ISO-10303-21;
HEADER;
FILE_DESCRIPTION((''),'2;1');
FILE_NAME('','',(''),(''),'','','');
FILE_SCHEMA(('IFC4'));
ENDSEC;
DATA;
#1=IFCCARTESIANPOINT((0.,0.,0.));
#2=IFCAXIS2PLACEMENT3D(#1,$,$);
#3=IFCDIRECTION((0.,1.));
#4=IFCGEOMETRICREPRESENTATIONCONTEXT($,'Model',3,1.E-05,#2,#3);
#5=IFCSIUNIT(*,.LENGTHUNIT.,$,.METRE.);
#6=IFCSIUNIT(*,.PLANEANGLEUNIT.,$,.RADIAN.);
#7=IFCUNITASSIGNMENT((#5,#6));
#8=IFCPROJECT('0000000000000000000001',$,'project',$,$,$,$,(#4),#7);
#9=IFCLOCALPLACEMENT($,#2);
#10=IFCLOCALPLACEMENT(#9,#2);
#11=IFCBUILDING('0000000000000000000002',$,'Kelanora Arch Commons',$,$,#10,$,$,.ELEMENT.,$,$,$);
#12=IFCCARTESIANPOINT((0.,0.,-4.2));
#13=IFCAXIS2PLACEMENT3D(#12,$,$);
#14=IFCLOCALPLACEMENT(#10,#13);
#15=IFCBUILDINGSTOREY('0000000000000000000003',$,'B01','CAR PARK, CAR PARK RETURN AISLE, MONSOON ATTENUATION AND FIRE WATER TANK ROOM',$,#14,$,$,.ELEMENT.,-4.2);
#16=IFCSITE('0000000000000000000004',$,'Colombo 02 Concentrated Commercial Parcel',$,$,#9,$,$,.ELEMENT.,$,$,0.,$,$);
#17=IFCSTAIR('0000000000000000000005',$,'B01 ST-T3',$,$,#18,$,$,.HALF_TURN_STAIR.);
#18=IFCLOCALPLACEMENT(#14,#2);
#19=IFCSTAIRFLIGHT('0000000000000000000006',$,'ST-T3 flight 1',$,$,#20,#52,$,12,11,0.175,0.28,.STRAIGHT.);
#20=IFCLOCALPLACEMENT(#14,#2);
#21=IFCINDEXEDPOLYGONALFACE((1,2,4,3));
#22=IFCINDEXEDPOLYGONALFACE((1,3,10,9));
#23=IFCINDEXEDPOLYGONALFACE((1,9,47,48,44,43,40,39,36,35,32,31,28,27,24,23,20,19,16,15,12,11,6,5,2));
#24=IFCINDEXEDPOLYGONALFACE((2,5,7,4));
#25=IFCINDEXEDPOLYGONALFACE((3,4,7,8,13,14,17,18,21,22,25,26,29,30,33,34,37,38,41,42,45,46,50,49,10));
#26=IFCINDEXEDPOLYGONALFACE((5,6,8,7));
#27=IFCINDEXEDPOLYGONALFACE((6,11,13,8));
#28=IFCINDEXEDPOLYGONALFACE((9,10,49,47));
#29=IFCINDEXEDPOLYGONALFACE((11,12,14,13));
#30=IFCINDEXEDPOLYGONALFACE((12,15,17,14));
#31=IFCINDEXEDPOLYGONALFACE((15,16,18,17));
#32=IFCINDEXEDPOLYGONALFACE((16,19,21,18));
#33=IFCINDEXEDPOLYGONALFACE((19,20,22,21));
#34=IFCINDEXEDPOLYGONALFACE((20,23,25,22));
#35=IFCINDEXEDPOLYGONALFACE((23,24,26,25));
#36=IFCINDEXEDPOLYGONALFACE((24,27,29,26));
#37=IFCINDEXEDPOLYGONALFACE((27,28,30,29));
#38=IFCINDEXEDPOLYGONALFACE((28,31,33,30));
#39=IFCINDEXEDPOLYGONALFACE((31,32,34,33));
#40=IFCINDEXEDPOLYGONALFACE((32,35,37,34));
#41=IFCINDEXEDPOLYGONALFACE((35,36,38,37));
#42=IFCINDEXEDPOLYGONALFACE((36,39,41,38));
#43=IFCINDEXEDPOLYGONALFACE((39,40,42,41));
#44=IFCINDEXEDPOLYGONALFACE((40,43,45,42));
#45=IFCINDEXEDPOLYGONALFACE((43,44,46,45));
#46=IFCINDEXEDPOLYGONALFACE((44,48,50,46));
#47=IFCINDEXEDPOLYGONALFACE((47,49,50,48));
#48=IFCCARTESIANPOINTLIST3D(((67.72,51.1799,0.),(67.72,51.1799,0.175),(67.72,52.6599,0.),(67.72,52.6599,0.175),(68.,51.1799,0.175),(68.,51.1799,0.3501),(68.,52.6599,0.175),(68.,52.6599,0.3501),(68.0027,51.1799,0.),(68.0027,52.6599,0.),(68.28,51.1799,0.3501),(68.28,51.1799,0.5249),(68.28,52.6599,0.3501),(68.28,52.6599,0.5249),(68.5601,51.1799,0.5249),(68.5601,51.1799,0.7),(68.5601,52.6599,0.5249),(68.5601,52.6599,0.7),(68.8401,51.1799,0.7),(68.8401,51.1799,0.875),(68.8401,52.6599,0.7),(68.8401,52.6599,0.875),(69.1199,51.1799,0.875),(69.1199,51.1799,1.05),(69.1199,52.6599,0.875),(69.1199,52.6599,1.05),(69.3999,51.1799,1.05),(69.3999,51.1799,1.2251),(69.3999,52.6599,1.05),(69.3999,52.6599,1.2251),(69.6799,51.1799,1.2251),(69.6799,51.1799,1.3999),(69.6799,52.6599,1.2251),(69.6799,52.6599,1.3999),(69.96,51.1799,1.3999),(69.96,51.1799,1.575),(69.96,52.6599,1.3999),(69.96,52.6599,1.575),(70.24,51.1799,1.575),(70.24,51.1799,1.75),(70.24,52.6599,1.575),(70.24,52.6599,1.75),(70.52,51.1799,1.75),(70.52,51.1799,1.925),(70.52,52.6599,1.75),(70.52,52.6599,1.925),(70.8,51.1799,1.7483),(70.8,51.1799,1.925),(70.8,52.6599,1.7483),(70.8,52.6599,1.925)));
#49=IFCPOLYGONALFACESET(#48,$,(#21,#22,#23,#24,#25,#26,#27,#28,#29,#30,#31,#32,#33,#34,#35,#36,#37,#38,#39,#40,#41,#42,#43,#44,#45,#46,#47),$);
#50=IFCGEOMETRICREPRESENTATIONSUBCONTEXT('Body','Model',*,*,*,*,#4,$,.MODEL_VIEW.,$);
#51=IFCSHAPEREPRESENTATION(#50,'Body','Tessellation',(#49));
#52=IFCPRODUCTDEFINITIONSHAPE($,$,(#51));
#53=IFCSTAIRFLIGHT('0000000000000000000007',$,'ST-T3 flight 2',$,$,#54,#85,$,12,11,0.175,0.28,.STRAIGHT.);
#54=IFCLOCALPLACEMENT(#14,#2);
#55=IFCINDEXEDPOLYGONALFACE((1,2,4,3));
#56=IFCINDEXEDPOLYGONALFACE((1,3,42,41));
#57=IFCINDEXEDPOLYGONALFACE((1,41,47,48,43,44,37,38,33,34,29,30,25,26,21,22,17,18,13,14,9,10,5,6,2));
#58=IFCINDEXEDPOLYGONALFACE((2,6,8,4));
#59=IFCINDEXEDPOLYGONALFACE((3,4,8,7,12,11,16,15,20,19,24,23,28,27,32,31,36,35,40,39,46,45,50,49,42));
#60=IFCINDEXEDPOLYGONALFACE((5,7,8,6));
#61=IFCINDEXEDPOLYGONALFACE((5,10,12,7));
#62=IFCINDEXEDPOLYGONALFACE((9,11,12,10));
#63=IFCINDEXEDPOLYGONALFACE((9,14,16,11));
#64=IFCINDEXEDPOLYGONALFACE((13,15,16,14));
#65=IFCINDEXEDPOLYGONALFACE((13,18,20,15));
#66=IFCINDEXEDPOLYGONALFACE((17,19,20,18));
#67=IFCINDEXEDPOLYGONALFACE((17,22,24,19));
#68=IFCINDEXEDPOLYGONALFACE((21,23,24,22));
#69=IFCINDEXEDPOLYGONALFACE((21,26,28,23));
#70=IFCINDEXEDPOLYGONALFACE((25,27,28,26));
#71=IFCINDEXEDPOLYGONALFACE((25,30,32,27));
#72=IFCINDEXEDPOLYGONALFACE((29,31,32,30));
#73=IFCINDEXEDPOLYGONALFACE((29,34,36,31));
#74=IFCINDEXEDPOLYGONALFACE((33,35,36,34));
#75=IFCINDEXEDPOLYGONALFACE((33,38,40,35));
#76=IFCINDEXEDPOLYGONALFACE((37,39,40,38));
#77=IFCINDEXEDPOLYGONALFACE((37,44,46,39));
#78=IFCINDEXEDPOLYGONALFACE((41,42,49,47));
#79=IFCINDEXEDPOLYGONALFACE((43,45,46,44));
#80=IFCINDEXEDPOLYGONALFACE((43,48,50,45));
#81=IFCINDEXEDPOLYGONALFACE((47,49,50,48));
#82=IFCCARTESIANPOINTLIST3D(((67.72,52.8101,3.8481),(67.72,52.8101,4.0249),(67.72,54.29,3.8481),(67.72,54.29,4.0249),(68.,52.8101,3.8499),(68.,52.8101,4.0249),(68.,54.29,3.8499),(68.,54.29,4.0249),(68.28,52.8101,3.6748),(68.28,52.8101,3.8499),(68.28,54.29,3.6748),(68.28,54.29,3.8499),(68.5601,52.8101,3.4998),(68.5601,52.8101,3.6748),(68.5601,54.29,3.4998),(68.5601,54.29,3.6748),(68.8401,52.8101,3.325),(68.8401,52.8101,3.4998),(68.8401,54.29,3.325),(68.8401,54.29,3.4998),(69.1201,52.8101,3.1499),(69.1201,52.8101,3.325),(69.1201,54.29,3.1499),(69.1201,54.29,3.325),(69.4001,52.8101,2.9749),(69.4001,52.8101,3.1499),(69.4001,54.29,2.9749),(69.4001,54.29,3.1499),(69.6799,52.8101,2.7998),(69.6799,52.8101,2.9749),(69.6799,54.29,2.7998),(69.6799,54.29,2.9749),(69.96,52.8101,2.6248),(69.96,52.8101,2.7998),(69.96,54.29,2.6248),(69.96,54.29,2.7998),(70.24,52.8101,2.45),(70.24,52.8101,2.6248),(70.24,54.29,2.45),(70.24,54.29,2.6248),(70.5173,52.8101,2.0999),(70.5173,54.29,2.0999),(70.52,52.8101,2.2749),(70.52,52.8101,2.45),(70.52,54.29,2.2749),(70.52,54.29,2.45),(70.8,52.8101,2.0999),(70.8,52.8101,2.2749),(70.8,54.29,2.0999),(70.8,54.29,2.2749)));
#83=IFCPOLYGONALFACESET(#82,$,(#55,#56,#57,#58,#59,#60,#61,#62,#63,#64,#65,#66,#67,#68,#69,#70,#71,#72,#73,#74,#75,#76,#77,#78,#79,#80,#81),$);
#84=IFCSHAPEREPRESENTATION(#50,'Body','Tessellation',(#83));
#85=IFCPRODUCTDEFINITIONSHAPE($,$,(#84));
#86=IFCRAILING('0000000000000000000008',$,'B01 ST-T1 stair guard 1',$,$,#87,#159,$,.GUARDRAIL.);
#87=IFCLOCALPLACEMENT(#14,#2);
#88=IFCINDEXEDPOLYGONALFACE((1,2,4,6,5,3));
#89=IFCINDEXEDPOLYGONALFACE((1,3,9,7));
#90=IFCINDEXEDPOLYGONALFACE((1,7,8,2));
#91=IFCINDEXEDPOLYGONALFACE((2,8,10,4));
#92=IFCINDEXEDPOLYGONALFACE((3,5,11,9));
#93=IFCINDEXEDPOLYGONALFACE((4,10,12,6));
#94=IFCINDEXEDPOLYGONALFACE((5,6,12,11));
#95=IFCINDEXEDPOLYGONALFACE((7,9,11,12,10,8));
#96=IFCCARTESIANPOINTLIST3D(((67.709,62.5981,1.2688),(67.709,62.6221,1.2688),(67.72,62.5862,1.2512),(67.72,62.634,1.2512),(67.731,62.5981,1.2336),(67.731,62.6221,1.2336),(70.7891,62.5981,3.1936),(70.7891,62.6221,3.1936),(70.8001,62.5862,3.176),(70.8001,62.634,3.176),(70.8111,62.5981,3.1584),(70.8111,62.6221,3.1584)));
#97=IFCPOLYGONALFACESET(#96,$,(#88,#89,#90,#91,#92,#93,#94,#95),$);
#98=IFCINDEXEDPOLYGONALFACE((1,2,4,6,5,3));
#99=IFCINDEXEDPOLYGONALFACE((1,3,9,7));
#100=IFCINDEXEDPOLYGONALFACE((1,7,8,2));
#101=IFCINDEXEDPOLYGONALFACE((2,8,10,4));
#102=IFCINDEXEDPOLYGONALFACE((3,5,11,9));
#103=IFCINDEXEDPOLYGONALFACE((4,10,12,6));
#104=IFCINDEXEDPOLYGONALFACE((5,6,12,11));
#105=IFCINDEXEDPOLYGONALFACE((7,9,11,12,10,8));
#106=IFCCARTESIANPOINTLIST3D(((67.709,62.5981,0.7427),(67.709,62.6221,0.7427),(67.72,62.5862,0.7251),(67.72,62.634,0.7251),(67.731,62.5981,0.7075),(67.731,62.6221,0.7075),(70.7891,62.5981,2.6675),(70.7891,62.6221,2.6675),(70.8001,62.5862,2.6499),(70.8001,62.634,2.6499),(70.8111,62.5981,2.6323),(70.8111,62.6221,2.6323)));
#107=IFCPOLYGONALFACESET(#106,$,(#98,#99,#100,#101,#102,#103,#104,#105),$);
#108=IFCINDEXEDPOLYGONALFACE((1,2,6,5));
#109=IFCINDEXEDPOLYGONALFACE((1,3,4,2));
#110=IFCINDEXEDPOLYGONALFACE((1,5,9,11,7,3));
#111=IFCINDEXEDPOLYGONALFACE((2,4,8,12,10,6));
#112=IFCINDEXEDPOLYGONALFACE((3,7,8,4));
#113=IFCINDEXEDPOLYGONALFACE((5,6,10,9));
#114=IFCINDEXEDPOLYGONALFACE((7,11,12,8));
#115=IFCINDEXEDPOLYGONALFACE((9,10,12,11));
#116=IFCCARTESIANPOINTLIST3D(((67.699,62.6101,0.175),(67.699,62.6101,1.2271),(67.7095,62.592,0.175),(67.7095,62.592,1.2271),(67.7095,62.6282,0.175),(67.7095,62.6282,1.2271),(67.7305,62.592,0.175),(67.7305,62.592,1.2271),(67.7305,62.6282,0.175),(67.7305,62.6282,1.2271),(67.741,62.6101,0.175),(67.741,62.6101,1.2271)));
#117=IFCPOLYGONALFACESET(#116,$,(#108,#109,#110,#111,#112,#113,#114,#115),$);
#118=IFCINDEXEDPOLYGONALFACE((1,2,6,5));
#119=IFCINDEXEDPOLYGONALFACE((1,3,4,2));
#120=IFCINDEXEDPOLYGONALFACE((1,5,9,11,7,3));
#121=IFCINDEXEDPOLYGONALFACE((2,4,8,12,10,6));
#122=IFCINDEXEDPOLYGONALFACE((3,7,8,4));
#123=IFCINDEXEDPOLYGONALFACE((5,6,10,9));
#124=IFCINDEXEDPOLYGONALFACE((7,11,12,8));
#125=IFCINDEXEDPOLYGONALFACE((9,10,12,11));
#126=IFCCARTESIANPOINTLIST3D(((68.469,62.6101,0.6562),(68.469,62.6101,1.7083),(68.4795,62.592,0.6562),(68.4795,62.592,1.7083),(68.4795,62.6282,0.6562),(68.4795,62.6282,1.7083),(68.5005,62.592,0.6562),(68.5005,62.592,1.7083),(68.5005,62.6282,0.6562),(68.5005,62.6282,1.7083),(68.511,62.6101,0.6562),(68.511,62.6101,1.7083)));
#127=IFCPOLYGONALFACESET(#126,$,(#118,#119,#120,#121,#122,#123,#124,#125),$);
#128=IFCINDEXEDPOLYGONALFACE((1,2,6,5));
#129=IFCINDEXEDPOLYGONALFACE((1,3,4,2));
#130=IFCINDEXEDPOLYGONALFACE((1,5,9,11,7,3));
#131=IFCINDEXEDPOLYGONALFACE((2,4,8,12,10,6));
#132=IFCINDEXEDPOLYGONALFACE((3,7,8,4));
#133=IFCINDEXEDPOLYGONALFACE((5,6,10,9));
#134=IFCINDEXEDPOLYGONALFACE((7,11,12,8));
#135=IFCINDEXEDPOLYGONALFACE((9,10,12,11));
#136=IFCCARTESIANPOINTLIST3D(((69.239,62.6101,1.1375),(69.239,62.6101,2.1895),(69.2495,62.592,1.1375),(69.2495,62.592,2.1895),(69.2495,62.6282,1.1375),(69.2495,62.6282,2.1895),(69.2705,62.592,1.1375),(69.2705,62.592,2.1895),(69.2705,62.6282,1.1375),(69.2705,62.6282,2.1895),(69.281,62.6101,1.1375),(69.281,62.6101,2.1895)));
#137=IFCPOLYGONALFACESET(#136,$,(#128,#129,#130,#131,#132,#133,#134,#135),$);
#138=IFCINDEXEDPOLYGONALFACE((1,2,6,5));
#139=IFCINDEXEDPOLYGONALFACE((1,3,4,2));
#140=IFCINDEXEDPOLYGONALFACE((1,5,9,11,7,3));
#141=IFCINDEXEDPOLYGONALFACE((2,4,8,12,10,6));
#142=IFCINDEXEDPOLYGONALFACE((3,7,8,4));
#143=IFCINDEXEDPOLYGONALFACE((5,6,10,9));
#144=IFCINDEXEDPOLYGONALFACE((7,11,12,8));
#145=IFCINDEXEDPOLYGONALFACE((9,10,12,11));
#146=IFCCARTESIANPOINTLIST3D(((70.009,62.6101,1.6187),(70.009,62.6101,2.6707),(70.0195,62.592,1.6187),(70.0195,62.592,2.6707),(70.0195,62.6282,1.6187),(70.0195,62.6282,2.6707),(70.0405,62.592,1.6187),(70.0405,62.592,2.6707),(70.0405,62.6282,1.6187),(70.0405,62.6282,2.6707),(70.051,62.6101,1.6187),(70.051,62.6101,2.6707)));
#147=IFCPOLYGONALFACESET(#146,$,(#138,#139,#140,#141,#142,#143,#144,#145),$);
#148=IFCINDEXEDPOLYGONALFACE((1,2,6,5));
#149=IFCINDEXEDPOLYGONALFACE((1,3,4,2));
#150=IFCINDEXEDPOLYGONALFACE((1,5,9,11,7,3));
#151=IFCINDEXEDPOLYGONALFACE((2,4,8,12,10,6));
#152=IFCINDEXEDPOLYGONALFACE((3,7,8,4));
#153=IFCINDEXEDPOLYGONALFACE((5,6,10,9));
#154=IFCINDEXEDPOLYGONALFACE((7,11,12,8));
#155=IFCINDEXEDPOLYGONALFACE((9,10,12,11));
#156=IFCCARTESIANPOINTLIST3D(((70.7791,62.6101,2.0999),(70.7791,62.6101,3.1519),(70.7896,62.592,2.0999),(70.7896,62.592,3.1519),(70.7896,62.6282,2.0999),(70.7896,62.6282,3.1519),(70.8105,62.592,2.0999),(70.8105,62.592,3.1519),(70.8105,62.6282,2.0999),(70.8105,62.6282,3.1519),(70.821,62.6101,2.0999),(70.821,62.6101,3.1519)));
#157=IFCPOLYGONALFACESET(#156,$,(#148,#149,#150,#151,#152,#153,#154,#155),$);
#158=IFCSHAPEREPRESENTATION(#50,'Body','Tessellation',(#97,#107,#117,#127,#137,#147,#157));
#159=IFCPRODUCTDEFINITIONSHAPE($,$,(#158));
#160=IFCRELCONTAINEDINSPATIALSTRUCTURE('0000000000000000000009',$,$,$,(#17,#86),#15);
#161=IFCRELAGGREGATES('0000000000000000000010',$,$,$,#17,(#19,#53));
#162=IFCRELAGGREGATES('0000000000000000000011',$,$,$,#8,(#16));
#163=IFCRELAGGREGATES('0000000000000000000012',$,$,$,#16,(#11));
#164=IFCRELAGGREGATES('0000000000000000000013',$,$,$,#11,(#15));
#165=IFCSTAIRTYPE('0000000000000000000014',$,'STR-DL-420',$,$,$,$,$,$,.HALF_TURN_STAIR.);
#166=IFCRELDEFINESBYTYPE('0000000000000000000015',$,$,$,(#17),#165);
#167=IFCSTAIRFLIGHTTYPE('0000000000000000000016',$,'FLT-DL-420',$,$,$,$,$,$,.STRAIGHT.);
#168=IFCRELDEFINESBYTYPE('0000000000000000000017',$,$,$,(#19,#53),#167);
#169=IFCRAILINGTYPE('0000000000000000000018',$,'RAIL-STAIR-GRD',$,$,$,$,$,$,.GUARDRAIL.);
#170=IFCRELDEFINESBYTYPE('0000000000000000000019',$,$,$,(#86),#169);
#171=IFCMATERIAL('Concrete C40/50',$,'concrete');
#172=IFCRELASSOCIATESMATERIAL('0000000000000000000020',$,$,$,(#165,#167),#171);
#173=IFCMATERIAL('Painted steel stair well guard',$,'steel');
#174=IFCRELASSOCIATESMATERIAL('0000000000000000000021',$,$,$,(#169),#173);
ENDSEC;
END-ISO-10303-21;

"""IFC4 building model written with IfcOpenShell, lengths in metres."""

from ifc_helpers import new_model, si_unit, direction, frame, origin, place, context, subcontext, project, spatial, polyline, outline, extrude, material, type_object, element, aggregate, save


model = new_model("IFC4")

# Units and contexts
model_context = context("Model", 3, precision=1e-05, world=origin(), true_north=direction((0.0, 1.0)))
body_context = subcontext(model_context, "Body", "Model", "MODEL_VIEW")
ifc_project = project(units=[si_unit("LENGTHUNIT", "METRE"), si_unit("PLANEANGLEUNIT", "RADIAN")], contexts=[model_context])

# Site, building, storey
site_placement = place(None, origin())
site = spatial("IfcSite", under=ifc_project, at=site_placement, Name="Colombo 02 Concentrated Commercial Parcel", CompositionType="ELEMENT", RefElevation=0.0)
building_placement = place(site_placement, origin())
building = spatial("IfcBuilding", under=site, at=building_placement, Name="Kelanora Arch Commons", CompositionType="ELEMENT")
storey_placement = place(building_placement, frame((0.0, 0.0, -4.2)))
storey = spatial("IfcBuildingStorey", under=building, at=storey_placement, Name="B01", Description="CAR PARK, CAR PARK RETURN AISLE, MONSOON ATTENUATION AND FIRE WATER TANK ROOM", CompositionType="ELEMENT", Elevation=-4.2)

# Shared definitions
ifc_material_1 = material(Name="Concrete C40/50", Category="concrete")

# Shared definitions
stair_type = type_object("IfcStairType", Name="STR-DL-420", PredefinedType="HALF_TURN_STAIR", material=ifc_material_1)
stair_flight_type = type_object("IfcStairFlightType", Name="FLT-DL-420", PredefinedType="STRAIGHT", material=ifc_material_1)

# Stair, stair flights
stair_1_placement = place(storey_placement, origin())
stair_1 = element("IfcStair", 1, at=stair_1_placement, inside=storey, type_object=stair_type, Name="B01 ST-T3", PredefinedType="HALF_TURN_STAIR")
stair_flight_1_placement = place(storey_placement, frame((67.72, 51.9199, 0.0), z_axis=(0.0, 0.0, 1.0), x_axis=(1.0, 0.0, 0.0)))
stair_flight_1 = element("IfcStairFlight", 2, at=stair_flight_1_placement, type_object=stair_flight_type, Name="ST-T3 flight 1", NumberOfRisers=12, NumberOfTreads=11, PredefinedType="STRAIGHT", RiserHeight=0.175, TreadLength=0.28, context=body_context, shape_type="SweptSolid", body=[
    extrude(outline(polyline([(0.0, 0.0), (0.0, 0.175), (0.28, 0.175), (0.28, 0.3501), (0.5601, 0.3501), (0.5601, 0.5249), (0.8401, 0.5249), (0.8401, 0.7), (1.1201, 0.7), (1.1201, 0.875), (1.3999, 0.875), (1.3999, 1.05), (1.6799, 1.05), (1.6799, 1.2251), (1.96, 1.2251), (1.96, 1.3999), (2.24, 1.3999), (2.24, 1.575), (2.52, 1.575), (2.52, 1.75), (2.8, 1.75), (2.8, 1.925), (3.0801, 1.925), (3.0801, 2.1001), (3.0801, 1.7483), (0.2827, 0.0), (0.0, 0.0)])), frame((0.0, 0.74, 0.0), z_axis=(0.0, -1.0, 0.0), x_axis=(1.0, 0.0, 0.0)), (0.0, 0.0, 1.0), 1.48),
])
stair_flight_2_placement = place(storey_placement, frame((70.8, 53.55, 2.0999), z_axis=(0.0, 0.0, 1.0), x_axis=(-1.0, 0.0, 0.0)))
stair_flight_2 = element("IfcStairFlight", 3, at=stair_flight_2_placement, type_object=stair_flight_type, Name="ST-T3 flight 2", NumberOfRisers=12, NumberOfTreads=11, PredefinedType="STRAIGHT", RiserHeight=0.175, TreadLength=0.28, context=body_context, shape_type="SweptSolid", body=[
    extrude(outline(polyline([(0.0, 0.0), (0.0, 0.175), (0.28, 0.175), (0.28, 0.3501), (0.5601, 0.3501), (0.5601, 0.5249), (0.8401, 0.5249), (0.8401, 0.7), (1.1201, 0.7), (1.1201, 0.875), (1.3999, 0.875), (1.3999, 1.05), (1.6799, 1.05), (1.6799, 1.2251), (1.96, 1.2251), (1.96, 1.3999), (2.24, 1.3999), (2.24, 1.575), (2.52, 1.575), (2.52, 1.75), (2.8, 1.75), (2.8, 1.925), (3.0801, 1.925), (3.0801, 2.1001), (3.0801, 1.7483), (0.2827, 0.0), (0.0, 0.0)])), frame((0.0, 0.74, 0.0), z_axis=(0.0, -1.0, 0.0), x_axis=(1.0, 0.0, 0.0)), (0.0, 0.0, 1.0), 1.48),
])
aggregate(stair_1, [stair_flight_1, stair_flight_2])

# Railing
ifc_material_2 = material(Name="Painted steel stair well guard", Category="steel")
railing_type_1 = type_object("IfcRailingType", Name="RAIL-STAIR-GRD", PredefinedType="GUARDRAIL", material=ifc_material_2)
railing_1_placement = place(storey_placement, frame((67.72, 62.6101, 0.175)))
element("IfcRailing", 4, at=railing_1_placement, inside=storey, type_object=railing_type_1, Name="B01 ST-T1 stair guard 1", PredefinedType="GUARDRAIL", context=body_context, shape_type="SweptSolid", body=[
    extrude(outline(polyline([(0.0239, 0.0), (0.012, 0.0208), (-0.012, 0.0208), (-0.0239, 0.0), (-0.012, -0.0208), (0.012, -0.0208), (0.0239, 0.0)])), frame((0.0, 0.0, 1.0762), z_axis=(0.848029, 0.0, 0.529951), x_axis=(0.0, 1.0, 0.0)), (0.0, 0.0, 1.0), 3.6321),
    extrude(outline(polyline([(0.0239, 0.0), (0.012, 0.0208), (-0.012, 0.0208), (-0.0239, 0.0), (-0.012, -0.0208), (0.012, -0.0208), (0.0239, 0.0)])), frame((0.0, 0.0, 0.55), z_axis=(0.848029, 0.0, 0.529951), x_axis=(0.0, 1.0, 0.0)), (0.0, 0.0, 1.0), 3.6321),
    extrude(outline(polyline([(0.021, 0.0), (0.0105, 0.0181), (-0.0105, 0.0181), (-0.021, 0.0), (-0.0105, -0.0181), (0.0105, -0.0181), (0.021, 0.0)])), origin(), (0.0, 0.0, 1.0), 1.052),
    extrude(outline(polyline([(0.021, 0.0), (0.0105, 0.0181), (-0.0105, 0.0181), (-0.021, 0.0), (-0.0105, -0.0181), (0.0105, -0.0181), (0.021, 0.0)])), frame((0.77, 0.0, 0.4812)), (0.0, 0.0, 1.0), 1.052),
    extrude(outline(polyline([(0.021, 0.0), (0.0105, 0.0181), (-0.0105, 0.0181), (-0.021, 0.0), (-0.0105, -0.0181), (0.0105, -0.0181), (0.021, 0.0)])), frame((1.54, 0.0, 0.9624)), (0.0, 0.0, 1.0), 1.052),
    extrude(outline(polyline([(0.021, 0.0), (0.0105, 0.0181), (-0.0105, 0.0181), (-0.021, 0.0), (-0.0105, -0.0181), (0.0105, -0.0181), (0.021, 0.0)])), frame((2.3101, 0.0, 1.4436)), (0.0, 0.0, 1.0), 1.052),
    extrude(outline(polyline([(0.021, 0.0), (0.0105, 0.0181), (-0.0105, 0.0181), (-0.021, 0.0), (-0.0105, -0.0181), (0.0105, -0.0181), (0.021, 0.0)])), frame((3.0801, 0.0, 1.9248)), (0.0, 0.0, 1.0), 1.052),
])

save(model, "model.ifc")
